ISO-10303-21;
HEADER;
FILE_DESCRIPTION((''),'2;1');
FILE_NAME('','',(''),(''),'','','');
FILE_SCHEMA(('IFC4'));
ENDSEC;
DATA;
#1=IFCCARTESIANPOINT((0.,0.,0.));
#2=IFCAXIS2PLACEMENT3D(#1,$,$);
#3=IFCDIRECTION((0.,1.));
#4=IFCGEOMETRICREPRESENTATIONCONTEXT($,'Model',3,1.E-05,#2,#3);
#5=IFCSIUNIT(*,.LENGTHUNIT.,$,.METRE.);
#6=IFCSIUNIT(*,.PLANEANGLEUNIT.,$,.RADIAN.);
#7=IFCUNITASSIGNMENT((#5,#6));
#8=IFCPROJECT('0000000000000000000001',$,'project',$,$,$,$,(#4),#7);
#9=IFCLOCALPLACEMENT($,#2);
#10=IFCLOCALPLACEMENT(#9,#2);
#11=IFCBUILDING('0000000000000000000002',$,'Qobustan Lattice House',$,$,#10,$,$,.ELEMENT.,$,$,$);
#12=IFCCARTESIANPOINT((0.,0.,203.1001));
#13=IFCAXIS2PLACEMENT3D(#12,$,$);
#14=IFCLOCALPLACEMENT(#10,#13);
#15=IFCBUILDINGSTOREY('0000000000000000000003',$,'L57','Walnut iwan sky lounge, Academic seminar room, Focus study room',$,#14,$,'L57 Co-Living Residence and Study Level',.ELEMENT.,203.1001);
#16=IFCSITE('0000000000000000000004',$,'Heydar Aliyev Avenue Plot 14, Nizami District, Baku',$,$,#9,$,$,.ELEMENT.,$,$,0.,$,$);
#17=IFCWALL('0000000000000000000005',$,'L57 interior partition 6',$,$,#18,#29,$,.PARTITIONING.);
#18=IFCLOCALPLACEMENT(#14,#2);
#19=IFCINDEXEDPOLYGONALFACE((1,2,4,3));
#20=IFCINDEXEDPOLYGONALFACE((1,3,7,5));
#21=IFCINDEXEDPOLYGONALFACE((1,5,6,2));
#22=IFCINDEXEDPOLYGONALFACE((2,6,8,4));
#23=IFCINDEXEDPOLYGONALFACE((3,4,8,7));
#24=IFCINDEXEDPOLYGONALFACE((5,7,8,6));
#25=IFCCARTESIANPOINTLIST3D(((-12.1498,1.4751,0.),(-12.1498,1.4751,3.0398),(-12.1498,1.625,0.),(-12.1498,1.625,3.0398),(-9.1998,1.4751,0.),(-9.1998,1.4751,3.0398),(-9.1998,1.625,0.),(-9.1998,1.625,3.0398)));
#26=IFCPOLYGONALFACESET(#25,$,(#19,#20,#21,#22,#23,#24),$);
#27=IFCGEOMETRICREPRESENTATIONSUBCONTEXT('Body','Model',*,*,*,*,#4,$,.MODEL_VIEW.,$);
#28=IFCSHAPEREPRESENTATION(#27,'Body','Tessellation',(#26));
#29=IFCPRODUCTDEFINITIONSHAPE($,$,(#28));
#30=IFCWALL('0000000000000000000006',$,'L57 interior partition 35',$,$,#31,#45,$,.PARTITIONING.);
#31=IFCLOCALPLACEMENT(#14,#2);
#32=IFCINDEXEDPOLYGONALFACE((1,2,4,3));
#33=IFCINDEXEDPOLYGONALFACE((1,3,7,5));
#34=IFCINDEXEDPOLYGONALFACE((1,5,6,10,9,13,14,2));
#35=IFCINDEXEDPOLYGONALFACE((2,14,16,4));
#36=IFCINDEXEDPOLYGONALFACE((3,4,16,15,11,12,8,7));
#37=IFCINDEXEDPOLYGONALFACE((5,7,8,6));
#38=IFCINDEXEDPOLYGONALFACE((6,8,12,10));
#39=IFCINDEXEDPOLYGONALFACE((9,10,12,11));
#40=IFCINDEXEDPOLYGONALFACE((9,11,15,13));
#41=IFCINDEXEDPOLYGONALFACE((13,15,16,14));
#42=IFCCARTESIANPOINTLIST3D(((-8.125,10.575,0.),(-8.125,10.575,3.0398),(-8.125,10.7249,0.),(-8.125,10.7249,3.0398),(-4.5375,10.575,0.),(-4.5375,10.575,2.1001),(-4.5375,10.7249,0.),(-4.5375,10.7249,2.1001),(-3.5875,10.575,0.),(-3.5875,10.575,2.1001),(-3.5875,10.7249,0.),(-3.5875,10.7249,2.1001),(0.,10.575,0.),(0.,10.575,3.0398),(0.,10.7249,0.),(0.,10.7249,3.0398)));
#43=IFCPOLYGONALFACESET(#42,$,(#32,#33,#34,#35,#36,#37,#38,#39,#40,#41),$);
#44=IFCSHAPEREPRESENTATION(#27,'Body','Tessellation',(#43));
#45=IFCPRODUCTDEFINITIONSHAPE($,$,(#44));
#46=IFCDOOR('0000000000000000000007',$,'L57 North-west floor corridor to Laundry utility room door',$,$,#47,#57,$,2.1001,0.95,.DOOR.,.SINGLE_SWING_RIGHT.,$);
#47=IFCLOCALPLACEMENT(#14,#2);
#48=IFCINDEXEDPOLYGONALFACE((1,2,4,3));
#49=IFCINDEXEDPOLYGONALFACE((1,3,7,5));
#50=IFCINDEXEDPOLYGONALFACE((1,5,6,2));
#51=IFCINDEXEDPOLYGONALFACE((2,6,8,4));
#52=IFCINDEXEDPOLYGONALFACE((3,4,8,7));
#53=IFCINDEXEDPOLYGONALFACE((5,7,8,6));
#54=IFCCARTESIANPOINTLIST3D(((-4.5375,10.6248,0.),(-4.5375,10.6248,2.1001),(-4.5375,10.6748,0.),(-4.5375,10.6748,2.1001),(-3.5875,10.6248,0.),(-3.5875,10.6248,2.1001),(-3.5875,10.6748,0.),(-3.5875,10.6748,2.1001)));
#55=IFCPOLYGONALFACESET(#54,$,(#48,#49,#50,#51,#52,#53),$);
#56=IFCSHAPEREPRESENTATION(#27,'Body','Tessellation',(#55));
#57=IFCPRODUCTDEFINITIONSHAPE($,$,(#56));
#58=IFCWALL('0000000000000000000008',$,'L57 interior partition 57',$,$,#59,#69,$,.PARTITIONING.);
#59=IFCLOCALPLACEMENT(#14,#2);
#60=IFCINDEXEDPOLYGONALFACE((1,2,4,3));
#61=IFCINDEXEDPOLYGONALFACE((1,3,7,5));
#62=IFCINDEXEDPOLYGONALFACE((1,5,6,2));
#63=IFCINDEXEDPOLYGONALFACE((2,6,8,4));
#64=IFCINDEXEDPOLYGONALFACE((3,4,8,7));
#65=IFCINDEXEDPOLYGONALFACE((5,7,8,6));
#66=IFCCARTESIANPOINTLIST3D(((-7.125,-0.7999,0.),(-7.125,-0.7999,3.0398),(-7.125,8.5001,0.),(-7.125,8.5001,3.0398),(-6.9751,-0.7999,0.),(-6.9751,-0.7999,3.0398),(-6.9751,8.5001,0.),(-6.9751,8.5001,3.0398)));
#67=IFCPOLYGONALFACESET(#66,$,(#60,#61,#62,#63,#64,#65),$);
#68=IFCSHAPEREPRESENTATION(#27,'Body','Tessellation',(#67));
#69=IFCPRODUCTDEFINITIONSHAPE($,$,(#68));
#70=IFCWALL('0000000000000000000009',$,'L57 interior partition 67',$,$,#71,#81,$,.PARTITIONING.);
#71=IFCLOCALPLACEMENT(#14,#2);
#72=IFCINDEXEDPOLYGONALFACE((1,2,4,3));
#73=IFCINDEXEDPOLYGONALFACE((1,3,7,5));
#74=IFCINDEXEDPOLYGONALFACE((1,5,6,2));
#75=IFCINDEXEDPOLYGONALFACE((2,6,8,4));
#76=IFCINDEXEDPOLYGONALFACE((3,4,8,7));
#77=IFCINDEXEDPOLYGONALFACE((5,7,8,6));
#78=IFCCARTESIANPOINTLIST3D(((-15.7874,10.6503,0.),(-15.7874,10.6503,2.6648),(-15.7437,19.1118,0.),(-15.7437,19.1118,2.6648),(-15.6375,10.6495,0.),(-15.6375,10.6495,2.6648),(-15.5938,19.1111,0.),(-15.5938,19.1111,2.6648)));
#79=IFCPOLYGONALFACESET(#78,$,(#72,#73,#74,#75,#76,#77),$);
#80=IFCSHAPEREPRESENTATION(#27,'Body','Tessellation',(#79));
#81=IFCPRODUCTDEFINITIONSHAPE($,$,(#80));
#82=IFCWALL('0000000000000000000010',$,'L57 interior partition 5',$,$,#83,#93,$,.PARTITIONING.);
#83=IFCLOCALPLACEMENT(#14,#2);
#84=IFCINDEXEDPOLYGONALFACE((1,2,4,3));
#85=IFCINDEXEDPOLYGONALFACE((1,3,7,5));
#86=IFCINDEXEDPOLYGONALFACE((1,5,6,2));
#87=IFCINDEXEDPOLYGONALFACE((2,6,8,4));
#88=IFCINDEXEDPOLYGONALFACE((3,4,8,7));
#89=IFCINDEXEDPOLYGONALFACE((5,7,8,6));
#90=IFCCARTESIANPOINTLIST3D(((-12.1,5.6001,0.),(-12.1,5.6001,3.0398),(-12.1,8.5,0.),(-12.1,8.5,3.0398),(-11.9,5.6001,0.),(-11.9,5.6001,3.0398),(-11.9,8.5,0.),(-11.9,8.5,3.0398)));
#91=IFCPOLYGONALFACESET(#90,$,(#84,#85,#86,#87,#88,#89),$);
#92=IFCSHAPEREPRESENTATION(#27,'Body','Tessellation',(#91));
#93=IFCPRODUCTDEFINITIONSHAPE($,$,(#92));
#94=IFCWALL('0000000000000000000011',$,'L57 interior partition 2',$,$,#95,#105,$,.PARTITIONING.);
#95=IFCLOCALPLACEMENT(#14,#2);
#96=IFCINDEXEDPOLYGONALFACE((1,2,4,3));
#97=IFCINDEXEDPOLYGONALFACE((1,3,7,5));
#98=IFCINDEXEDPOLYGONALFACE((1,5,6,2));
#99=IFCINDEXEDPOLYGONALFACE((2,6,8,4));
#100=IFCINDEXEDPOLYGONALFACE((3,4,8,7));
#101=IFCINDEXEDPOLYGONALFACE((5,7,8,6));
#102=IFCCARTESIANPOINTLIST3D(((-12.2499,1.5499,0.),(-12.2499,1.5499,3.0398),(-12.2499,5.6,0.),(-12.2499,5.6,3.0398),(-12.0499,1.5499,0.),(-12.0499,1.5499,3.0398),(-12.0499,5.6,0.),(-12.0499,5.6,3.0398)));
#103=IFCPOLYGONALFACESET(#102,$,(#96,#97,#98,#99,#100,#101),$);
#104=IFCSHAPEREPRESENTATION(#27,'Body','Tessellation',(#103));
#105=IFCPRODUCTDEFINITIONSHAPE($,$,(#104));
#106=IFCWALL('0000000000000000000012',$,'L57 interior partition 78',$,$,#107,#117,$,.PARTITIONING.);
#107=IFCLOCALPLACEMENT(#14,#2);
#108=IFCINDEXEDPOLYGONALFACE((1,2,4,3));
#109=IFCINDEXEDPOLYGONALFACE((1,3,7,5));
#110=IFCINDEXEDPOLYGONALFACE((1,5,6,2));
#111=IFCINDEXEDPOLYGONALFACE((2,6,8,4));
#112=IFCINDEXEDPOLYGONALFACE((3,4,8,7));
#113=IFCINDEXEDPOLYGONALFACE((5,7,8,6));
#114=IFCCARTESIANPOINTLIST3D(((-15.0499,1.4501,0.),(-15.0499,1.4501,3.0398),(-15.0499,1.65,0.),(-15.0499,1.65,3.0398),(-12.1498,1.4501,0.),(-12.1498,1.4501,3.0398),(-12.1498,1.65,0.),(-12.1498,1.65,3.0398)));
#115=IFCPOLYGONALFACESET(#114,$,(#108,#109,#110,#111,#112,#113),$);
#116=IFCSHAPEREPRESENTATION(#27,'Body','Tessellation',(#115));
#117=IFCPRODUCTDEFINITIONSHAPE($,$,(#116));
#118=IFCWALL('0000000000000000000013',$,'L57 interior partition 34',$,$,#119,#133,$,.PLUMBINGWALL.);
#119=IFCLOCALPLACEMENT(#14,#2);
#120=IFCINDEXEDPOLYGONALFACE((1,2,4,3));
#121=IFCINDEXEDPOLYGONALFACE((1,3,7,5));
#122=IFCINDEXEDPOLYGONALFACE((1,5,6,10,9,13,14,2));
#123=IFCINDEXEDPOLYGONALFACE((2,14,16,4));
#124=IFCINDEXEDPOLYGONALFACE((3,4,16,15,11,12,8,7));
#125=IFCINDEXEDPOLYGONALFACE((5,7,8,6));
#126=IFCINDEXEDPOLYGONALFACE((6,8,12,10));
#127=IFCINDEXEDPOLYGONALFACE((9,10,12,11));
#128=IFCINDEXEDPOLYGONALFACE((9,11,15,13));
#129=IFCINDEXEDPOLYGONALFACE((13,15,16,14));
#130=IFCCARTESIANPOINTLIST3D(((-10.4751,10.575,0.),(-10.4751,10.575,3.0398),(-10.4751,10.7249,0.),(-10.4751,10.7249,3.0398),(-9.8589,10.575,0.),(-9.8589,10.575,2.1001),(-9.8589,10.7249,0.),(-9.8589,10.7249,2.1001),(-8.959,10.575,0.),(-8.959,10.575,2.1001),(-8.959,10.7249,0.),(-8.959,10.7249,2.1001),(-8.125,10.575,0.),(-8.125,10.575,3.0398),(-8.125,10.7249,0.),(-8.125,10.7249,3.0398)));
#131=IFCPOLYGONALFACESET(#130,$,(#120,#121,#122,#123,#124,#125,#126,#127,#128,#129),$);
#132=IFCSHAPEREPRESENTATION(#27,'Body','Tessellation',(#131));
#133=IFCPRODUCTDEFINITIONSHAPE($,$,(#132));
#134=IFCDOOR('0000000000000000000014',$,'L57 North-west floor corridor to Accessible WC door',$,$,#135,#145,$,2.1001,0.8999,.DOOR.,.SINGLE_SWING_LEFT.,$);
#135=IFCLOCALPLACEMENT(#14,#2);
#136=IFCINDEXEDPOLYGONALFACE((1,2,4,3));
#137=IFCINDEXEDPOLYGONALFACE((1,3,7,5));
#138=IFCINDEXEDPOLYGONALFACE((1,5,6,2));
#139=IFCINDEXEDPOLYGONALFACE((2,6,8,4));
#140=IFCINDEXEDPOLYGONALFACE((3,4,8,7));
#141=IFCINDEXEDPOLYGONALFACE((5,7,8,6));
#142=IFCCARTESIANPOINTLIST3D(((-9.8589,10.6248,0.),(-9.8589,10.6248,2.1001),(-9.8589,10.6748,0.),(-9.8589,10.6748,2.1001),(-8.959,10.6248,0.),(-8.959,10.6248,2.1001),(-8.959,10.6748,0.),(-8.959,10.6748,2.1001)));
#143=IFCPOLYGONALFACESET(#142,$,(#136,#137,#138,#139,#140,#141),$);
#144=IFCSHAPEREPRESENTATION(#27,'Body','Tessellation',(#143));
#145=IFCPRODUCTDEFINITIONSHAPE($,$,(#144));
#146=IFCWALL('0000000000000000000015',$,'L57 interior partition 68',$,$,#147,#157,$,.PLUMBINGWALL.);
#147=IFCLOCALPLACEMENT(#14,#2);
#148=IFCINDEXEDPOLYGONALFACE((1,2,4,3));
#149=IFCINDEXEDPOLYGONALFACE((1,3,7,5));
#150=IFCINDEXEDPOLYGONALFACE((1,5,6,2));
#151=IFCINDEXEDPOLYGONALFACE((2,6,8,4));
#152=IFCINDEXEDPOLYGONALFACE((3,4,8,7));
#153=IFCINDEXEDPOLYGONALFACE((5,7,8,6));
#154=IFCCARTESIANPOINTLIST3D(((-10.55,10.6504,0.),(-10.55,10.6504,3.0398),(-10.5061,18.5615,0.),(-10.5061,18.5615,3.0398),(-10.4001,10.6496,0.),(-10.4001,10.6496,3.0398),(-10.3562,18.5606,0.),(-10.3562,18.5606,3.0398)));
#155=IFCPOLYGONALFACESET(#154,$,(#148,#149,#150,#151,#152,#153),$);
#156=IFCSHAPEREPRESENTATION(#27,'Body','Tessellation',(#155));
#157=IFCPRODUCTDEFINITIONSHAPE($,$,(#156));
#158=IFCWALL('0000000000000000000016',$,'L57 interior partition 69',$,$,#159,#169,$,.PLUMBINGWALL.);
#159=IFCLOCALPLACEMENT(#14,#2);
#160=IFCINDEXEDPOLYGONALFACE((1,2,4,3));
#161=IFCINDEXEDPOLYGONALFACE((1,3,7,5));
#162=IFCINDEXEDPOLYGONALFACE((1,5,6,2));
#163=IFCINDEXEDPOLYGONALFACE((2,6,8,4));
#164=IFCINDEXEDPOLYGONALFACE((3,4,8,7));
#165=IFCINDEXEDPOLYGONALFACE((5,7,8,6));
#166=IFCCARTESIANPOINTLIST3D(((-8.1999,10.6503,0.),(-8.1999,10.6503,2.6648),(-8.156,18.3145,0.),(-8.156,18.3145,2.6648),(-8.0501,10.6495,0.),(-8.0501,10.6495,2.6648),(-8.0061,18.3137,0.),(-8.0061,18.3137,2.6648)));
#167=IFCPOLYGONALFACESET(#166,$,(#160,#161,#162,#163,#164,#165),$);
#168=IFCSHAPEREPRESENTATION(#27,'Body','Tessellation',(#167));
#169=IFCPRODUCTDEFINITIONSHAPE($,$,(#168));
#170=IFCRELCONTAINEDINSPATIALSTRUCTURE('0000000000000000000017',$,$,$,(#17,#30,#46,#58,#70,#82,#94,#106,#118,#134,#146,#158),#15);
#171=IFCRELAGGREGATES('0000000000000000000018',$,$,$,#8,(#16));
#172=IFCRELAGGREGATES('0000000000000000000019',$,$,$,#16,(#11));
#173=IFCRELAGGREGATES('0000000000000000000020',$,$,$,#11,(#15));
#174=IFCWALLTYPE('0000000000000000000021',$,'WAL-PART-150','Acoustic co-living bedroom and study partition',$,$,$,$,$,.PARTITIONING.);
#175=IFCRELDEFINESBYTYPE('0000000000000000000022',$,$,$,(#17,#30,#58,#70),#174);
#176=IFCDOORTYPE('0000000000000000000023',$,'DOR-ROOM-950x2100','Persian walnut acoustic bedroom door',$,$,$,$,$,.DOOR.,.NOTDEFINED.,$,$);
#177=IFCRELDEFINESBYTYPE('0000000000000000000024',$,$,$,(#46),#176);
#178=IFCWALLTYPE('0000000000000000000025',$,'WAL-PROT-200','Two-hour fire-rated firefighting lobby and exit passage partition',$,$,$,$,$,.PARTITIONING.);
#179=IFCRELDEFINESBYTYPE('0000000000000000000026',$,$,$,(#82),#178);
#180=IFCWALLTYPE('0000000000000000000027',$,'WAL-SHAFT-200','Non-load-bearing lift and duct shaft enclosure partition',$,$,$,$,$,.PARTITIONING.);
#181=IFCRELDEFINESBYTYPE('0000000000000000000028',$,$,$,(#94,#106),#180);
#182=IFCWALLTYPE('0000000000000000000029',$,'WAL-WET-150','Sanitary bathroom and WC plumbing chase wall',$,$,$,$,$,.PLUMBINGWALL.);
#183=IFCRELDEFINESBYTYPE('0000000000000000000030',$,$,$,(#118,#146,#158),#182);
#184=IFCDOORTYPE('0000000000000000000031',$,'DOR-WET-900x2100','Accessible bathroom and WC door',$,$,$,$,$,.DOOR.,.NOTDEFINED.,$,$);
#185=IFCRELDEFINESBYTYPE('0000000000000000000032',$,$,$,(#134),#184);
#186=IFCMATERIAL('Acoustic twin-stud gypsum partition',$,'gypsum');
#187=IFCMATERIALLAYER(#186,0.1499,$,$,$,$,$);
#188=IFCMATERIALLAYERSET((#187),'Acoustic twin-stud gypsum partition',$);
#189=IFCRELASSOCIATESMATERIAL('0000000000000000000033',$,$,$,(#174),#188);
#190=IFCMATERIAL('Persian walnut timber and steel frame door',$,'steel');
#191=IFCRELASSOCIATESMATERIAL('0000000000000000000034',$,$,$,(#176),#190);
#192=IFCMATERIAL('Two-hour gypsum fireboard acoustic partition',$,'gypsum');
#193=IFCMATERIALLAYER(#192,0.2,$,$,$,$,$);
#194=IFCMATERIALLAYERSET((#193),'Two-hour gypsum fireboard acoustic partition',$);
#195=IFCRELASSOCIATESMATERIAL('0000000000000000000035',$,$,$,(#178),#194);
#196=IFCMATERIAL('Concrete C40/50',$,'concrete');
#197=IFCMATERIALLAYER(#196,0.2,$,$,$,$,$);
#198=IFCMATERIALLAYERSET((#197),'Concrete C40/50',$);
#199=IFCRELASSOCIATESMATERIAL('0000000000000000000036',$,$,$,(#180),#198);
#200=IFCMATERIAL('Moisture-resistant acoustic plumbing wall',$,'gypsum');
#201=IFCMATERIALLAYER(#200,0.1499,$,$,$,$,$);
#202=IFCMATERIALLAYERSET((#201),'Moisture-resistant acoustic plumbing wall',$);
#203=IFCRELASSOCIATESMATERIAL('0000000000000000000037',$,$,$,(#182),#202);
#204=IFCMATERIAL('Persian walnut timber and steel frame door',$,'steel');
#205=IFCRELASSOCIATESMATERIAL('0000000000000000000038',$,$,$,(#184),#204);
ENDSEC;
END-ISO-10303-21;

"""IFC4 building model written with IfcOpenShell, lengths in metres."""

from ifc_helpers import new_model, si_unit, direction, frame, frame_2d, origin, place, context, subcontext, project, spatial, rectangle, extrude, material, layer, layer_set, type_object, element, fill, save


model = new_model("IFC4")

# Units and contexts
model_context = context("Model", 3, precision=1e-05, world=origin(), true_north=direction((0.0, 1.0)))
body_context = subcontext(model_context, "Body", "Model", "MODEL_VIEW")
ifc_project = project(units=[si_unit("LENGTHUNIT", "METRE"), si_unit("PLANEANGLEUNIT", "RADIAN")], contexts=[model_context])

# Site, building, storey
site_placement = place(None, origin())
site = spatial("IfcSite", under=ifc_project, at=site_placement, Name="Heydar Aliyev Avenue Plot 14, Nizami District, Baku", CompositionType="ELEMENT", RefElevation=0.0)
building_placement = place(site_placement, origin())
building = spatial("IfcBuilding", under=site, at=building_placement, Name="Qobustan Lattice House", CompositionType="ELEMENT")
storey_placement = place(building_placement, frame((0.0, 0.0, 203.1001)))
storey = spatial("IfcBuildingStorey", under=building, at=storey_placement, Name="L57", Description="Walnut iwan sky lounge, Academic seminar room, Focus study room", LongName="L57 Co-Living Residence and Study Level", CompositionType="ELEMENT", Elevation=203.1001)

# Wall
ifc_material_1 = material(Name="Acoustic twin-stud gypsum partition", Category="gypsum")
ifc_layer_1 = layer(ifc_material_1, 0.1499)
ifc_layer_set_1 = layer_set([ifc_layer_1], Name="Acoustic twin-stud gypsum partition")
wall_type_1 = type_object("IfcWallType", Name="WAL-PART-150", Description="Acoustic co-living bedroom and study partition", PredefinedType="PARTITIONING", material=ifc_layer_set_1)
wall_1_placement = place(storey_placement, frame((-12.1499, 1.55, 0.0), z_axis=(0.0, 0.0, 1.0), x_axis=(1.0, 0.0, 0.0)))
element("IfcWall", 1, at=wall_1_placement, inside=storey, type_object=wall_type_1, Name="L57 interior partition 6", PredefinedType="PARTITIONING", context=body_context, shape_type="SweptSolid", body=[
    extrude(rectangle(XDim=2.95, YDim=0.1499, at=frame_2d((1.4751, 0.0))), origin(), (0.0, 0.0, 1.0), 3.0398),
])

# Wall, opening, door
wall_2_placement = place(storey_placement, frame((-8.125, 10.6499, 0.0), z_axis=(0.0, 0.0, 1.0), x_axis=(1.0, 0.0, 0.0)))
wall_2 = element("IfcWall", 2, at=wall_2_placement, inside=storey, type_object=wall_type_1, Name="L57 interior partition 35", PredefinedType="PARTITIONING", context=body_context, shape_type="SweptSolid", body=[
    extrude(rectangle(XDim=8.125, YDim=0.1499, at=frame_2d((4.0625, 0.0))), origin(), (0.0, 0.0, 1.0), 3.0398),
])
opening_1_placement = place(wall_2_placement, frame((3.5874, 0.0, 0.0)))
opening_1 = element("IfcOpeningElement", 3, at=opening_1_placement, cuts=wall_2, PredefinedType="OPENING", context=body_context, shape_type="SweptSolid", body=[
    extrude(rectangle(XDim=0.95, YDim=2.1001, at=frame_2d((0.4751, 1.05))), frame((0.0, 0.085, 0.0), z_axis=(0.0, -1.0, 0.0), x_axis=(1.0, 0.0, 0.0)), (0.0, 0.0, 1.0), 0.1699),
])
ifc_material_2 = material(Name="Persian walnut timber and steel frame door", Category="steel")
door_type_1 = type_object("IfcDoorType", Name="DOR-ROOM-950x2100", Description="Persian walnut acoustic bedroom door", OperationType="NOTDEFINED", PredefinedType="DOOR", material=ifc_material_2)
door_1_placement = place(opening_1_placement, origin())
door_1 = element("IfcDoor", 4, at=door_1_placement, inside=storey, type_object=door_type_1, Name="L57 North-west floor corridor to Laundry utility room door", OperationType="SINGLE_SWING_RIGHT", OverallHeight=2.1001, OverallWidth=0.95, PredefinedType="DOOR", context=body_context, shape_type="SweptSolid", body=[
    extrude(rectangle(XDim=0.95, YDim=2.1001, at=frame_2d((0.4751, 1.05))), frame((0.0, 0.0249, 0.0), z_axis=(0.0, -1.0, 0.0), x_axis=(1.0, 0.0, 0.0)), (0.0, 0.0, 1.0), 0.05),
])
fill(opening_1, door_1)

# Walls
wall_3_placement = place(storey_placement, frame((-7.05, 8.5, 0.0), z_axis=(0.0, 0.0, 1.0), x_axis=(0.0, -1.0, 0.0)))
element("IfcWall", 5, at=wall_3_placement, inside=storey, type_object=wall_type_1, Name="L57 interior partition 57", PredefinedType="PARTITIONING", context=body_context, shape_type="SweptSolid", body=[
    extrude(rectangle(XDim=9.3, YDim=0.1499, at=frame_2d((4.6499, 0.0))), origin(), (0.0, 0.0, 1.0), 3.0398),
])
wall_4_placement = place(storey_placement, frame((-15.6687, 19.1116, 0.0), z_axis=(0.0, 0.0, 1.0), x_axis=(-0.005165, -0.999987, 0.0)))
element("IfcWall", 6, at=wall_4_placement, inside=storey, type_object=wall_type_1, Name="L57 interior partition 67", PredefinedType="PARTITIONING", context=body_context, shape_type="SweptSolid", body=[
    extrude(rectangle(XDim=8.4617, YDim=0.1499, at=frame_2d((4.231, 0.0))), origin(), (0.0, 0.0, 1.0), 2.6648),
])

# Shared definitions
ifc_material_3 = material(Name="Two-hour gypsum fireboard acoustic partition", Category="gypsum")
ifc_layer_2 = layer(ifc_material_3, 0.2)
ifc_layer_set_2 = layer_set([ifc_layer_2], Name="Two-hour gypsum fireboard acoustic partition")
wall_type_2 = type_object("IfcWallType", Name="WAL-PROT-200", Description="Two-hour fire-rated firefighting lobby and exit passage partition", PredefinedType="PARTITIONING", material=ifc_layer_set_2)

# Walls
wall_5_placement = place(storey_placement, frame((-12.0, 5.6001, 0.0), z_axis=(0.0, 0.0, 1.0), x_axis=(0.0, 1.0, 0.0)))
element("IfcWall", 7, at=wall_5_placement, inside=storey, type_object=wall_type_2, Name="L57 interior partition 5", PredefinedType="PARTITIONING", context=body_context, shape_type="SweptSolid", body=[
    extrude(rectangle(XDim=2.8999, YDim=0.2, at=frame_2d((1.45, 0.0))), origin(), (0.0, 0.0, 1.0), 3.0398),
])
ifc_material_4 = material(Name="Concrete C40/50", Category="concrete")
ifc_layer_3 = layer(ifc_material_4, 0.2)
ifc_layer_set_3 = layer_set([ifc_layer_3], Name="Concrete C40/50")
wall_type_3 = type_object("IfcWallType", Name="WAL-SHAFT-200", Description="Non-load-bearing lift and duct shaft enclosure partition", PredefinedType="PARTITIONING", material=ifc_layer_set_3)
wall_6_placement = place(storey_placement, frame((-12.1499, 1.55, 0.0), z_axis=(0.0, 0.0, 1.0), x_axis=(0.0, 1.0, 0.0)))
element("IfcWall", 8, at=wall_6_placement, inside=storey, type_object=wall_type_3, Name="L57 interior partition 2", PredefinedType="PARTITIONING", context=body_context, shape_type="SweptSolid", body=[
    extrude(rectangle(XDim=4.05, YDim=0.2, at=frame_2d((2.0249, 0.0))), origin(), (0.0, 0.0, 1.0), 3.0398),
])
wall_7_placement = place(storey_placement, frame((-15.05, 1.55, 0.0), z_axis=(0.0, 0.0, 1.0), x_axis=(1.0, 0.0, 0.0)))
element("IfcWall", 9, at=wall_7_placement, inside=storey, type_object=wall_type_3, Name="L57 interior partition 78", PredefinedType="PARTITIONING", context=body_context, shape_type="SweptSolid", body=[
    extrude(rectangle(XDim=2.9001, YDim=0.2, at=frame_2d((1.4502, 0.0))), origin(), (0.0, 0.0, 1.0), 3.0398),
])

# Wall, opening, door
ifc_material_5 = material(Name="Moisture-resistant acoustic plumbing wall", Category="gypsum")
ifc_layer_4 = layer(ifc_material_5, 0.1499)
ifc_layer_set_4 = layer_set([ifc_layer_4], Name="Moisture-resistant acoustic plumbing wall")
wall_type_4 = type_object("IfcWallType", Name="WAL-WET-150", Description="Sanitary bathroom and WC plumbing chase wall", PredefinedType="PLUMBINGWALL", material=ifc_layer_set_4)
wall_8_placement = place(storey_placement, frame((-10.4751, 10.6499, 0.0), z_axis=(0.0, 0.0, 1.0), x_axis=(1.0, 0.0, 0.0)))
wall_8 = element("IfcWall", 10, at=wall_8_placement, inside=storey, type_object=wall_type_4, Name="L57 interior partition 34", PredefinedType="PLUMBINGWALL", context=body_context, shape_type="SweptSolid", body=[
    extrude(rectangle(XDim=2.3501, YDim=0.1499, at=frame_2d((1.175, 0.0))), origin(), (0.0, 0.0, 1.0), 3.0398),
])
opening_2_placement = place(wall_8_placement, frame((0.6162, 0.0, 0.0)))
opening_2 = element("IfcOpeningElement", 11, at=opening_2_placement, cuts=wall_8, PredefinedType="OPENING", context=body_context, shape_type="SweptSolid", body=[
    extrude(rectangle(XDim=0.8999, YDim=2.1001, at=frame_2d((0.45, 1.05))), frame((0.0, 0.085, 0.0), z_axis=(0.0, -1.0, 0.0), x_axis=(1.0, 0.0, 0.0)), (0.0, 0.0, 1.0), 0.1699),
])
ifc_material_6 = material(Name="Persian walnut timber and steel frame door", Category="steel")
door_type_2 = type_object("IfcDoorType", Name="DOR-WET-900x2100", Description="Accessible bathroom and WC door", OperationType="NOTDEFINED", PredefinedType="DOOR", material=ifc_material_6)
door_2_placement = place(opening_2_placement, origin())
door_2 = element("IfcDoor", 12, at=door_2_placement, inside=storey, type_object=door_type_2, Name="L57 North-west floor corridor to Accessible WC door", OperationType="SINGLE_SWING_LEFT", OverallHeight=2.1001, OverallWidth=0.8999, PredefinedType="DOOR", context=body_context, shape_type="SweptSolid", body=[
    extrude(rectangle(XDim=0.8999, YDim=2.1001, at=frame_2d((0.45, 1.05))), frame((0.0, 0.0249, 0.0), z_axis=(0.0, -1.0, 0.0), x_axis=(1.0, 0.0, 0.0)), (0.0, 0.0, 1.0), 0.05),
])
fill(opening_2, door_2)

# Walls
wall_9_placement = place(storey_placement, frame((-10.4312, 18.561, 0.0), z_axis=(0.0, 0.0, 1.0), x_axis=(-0.005555, -0.999985, 0.0)))
element("IfcWall", 13, at=wall_9_placement, inside=storey, type_object=wall_type_4, Name="L57 interior partition 68", PredefinedType="PLUMBINGWALL", context=body_context, shape_type="SweptSolid", body=[
    extrude(rectangle(XDim=7.9111, YDim=0.1499, at=frame_2d((3.9556, 0.0))), origin(), (0.0, 0.0, 1.0), 3.0398),
])
wall_10_placement = place(storey_placement, frame((-8.0811, 18.314, 0.0), z_axis=(0.0, 0.0, 1.0), x_axis=(-0.005734, -0.999984, 0.0)))
element("IfcWall", 14, at=wall_10_placement, inside=storey, type_object=wall_type_4, Name="L57 interior partition 69", PredefinedType="PLUMBINGWALL", context=body_context, shape_type="SweptSolid", body=[
    extrude(rectangle(XDim=7.6643, YDim=0.1499, at=frame_2d((3.832, 0.0))), origin(), (0.0, 0.0, 1.0), 2.6648),
])

save(model, "model.ifc")
